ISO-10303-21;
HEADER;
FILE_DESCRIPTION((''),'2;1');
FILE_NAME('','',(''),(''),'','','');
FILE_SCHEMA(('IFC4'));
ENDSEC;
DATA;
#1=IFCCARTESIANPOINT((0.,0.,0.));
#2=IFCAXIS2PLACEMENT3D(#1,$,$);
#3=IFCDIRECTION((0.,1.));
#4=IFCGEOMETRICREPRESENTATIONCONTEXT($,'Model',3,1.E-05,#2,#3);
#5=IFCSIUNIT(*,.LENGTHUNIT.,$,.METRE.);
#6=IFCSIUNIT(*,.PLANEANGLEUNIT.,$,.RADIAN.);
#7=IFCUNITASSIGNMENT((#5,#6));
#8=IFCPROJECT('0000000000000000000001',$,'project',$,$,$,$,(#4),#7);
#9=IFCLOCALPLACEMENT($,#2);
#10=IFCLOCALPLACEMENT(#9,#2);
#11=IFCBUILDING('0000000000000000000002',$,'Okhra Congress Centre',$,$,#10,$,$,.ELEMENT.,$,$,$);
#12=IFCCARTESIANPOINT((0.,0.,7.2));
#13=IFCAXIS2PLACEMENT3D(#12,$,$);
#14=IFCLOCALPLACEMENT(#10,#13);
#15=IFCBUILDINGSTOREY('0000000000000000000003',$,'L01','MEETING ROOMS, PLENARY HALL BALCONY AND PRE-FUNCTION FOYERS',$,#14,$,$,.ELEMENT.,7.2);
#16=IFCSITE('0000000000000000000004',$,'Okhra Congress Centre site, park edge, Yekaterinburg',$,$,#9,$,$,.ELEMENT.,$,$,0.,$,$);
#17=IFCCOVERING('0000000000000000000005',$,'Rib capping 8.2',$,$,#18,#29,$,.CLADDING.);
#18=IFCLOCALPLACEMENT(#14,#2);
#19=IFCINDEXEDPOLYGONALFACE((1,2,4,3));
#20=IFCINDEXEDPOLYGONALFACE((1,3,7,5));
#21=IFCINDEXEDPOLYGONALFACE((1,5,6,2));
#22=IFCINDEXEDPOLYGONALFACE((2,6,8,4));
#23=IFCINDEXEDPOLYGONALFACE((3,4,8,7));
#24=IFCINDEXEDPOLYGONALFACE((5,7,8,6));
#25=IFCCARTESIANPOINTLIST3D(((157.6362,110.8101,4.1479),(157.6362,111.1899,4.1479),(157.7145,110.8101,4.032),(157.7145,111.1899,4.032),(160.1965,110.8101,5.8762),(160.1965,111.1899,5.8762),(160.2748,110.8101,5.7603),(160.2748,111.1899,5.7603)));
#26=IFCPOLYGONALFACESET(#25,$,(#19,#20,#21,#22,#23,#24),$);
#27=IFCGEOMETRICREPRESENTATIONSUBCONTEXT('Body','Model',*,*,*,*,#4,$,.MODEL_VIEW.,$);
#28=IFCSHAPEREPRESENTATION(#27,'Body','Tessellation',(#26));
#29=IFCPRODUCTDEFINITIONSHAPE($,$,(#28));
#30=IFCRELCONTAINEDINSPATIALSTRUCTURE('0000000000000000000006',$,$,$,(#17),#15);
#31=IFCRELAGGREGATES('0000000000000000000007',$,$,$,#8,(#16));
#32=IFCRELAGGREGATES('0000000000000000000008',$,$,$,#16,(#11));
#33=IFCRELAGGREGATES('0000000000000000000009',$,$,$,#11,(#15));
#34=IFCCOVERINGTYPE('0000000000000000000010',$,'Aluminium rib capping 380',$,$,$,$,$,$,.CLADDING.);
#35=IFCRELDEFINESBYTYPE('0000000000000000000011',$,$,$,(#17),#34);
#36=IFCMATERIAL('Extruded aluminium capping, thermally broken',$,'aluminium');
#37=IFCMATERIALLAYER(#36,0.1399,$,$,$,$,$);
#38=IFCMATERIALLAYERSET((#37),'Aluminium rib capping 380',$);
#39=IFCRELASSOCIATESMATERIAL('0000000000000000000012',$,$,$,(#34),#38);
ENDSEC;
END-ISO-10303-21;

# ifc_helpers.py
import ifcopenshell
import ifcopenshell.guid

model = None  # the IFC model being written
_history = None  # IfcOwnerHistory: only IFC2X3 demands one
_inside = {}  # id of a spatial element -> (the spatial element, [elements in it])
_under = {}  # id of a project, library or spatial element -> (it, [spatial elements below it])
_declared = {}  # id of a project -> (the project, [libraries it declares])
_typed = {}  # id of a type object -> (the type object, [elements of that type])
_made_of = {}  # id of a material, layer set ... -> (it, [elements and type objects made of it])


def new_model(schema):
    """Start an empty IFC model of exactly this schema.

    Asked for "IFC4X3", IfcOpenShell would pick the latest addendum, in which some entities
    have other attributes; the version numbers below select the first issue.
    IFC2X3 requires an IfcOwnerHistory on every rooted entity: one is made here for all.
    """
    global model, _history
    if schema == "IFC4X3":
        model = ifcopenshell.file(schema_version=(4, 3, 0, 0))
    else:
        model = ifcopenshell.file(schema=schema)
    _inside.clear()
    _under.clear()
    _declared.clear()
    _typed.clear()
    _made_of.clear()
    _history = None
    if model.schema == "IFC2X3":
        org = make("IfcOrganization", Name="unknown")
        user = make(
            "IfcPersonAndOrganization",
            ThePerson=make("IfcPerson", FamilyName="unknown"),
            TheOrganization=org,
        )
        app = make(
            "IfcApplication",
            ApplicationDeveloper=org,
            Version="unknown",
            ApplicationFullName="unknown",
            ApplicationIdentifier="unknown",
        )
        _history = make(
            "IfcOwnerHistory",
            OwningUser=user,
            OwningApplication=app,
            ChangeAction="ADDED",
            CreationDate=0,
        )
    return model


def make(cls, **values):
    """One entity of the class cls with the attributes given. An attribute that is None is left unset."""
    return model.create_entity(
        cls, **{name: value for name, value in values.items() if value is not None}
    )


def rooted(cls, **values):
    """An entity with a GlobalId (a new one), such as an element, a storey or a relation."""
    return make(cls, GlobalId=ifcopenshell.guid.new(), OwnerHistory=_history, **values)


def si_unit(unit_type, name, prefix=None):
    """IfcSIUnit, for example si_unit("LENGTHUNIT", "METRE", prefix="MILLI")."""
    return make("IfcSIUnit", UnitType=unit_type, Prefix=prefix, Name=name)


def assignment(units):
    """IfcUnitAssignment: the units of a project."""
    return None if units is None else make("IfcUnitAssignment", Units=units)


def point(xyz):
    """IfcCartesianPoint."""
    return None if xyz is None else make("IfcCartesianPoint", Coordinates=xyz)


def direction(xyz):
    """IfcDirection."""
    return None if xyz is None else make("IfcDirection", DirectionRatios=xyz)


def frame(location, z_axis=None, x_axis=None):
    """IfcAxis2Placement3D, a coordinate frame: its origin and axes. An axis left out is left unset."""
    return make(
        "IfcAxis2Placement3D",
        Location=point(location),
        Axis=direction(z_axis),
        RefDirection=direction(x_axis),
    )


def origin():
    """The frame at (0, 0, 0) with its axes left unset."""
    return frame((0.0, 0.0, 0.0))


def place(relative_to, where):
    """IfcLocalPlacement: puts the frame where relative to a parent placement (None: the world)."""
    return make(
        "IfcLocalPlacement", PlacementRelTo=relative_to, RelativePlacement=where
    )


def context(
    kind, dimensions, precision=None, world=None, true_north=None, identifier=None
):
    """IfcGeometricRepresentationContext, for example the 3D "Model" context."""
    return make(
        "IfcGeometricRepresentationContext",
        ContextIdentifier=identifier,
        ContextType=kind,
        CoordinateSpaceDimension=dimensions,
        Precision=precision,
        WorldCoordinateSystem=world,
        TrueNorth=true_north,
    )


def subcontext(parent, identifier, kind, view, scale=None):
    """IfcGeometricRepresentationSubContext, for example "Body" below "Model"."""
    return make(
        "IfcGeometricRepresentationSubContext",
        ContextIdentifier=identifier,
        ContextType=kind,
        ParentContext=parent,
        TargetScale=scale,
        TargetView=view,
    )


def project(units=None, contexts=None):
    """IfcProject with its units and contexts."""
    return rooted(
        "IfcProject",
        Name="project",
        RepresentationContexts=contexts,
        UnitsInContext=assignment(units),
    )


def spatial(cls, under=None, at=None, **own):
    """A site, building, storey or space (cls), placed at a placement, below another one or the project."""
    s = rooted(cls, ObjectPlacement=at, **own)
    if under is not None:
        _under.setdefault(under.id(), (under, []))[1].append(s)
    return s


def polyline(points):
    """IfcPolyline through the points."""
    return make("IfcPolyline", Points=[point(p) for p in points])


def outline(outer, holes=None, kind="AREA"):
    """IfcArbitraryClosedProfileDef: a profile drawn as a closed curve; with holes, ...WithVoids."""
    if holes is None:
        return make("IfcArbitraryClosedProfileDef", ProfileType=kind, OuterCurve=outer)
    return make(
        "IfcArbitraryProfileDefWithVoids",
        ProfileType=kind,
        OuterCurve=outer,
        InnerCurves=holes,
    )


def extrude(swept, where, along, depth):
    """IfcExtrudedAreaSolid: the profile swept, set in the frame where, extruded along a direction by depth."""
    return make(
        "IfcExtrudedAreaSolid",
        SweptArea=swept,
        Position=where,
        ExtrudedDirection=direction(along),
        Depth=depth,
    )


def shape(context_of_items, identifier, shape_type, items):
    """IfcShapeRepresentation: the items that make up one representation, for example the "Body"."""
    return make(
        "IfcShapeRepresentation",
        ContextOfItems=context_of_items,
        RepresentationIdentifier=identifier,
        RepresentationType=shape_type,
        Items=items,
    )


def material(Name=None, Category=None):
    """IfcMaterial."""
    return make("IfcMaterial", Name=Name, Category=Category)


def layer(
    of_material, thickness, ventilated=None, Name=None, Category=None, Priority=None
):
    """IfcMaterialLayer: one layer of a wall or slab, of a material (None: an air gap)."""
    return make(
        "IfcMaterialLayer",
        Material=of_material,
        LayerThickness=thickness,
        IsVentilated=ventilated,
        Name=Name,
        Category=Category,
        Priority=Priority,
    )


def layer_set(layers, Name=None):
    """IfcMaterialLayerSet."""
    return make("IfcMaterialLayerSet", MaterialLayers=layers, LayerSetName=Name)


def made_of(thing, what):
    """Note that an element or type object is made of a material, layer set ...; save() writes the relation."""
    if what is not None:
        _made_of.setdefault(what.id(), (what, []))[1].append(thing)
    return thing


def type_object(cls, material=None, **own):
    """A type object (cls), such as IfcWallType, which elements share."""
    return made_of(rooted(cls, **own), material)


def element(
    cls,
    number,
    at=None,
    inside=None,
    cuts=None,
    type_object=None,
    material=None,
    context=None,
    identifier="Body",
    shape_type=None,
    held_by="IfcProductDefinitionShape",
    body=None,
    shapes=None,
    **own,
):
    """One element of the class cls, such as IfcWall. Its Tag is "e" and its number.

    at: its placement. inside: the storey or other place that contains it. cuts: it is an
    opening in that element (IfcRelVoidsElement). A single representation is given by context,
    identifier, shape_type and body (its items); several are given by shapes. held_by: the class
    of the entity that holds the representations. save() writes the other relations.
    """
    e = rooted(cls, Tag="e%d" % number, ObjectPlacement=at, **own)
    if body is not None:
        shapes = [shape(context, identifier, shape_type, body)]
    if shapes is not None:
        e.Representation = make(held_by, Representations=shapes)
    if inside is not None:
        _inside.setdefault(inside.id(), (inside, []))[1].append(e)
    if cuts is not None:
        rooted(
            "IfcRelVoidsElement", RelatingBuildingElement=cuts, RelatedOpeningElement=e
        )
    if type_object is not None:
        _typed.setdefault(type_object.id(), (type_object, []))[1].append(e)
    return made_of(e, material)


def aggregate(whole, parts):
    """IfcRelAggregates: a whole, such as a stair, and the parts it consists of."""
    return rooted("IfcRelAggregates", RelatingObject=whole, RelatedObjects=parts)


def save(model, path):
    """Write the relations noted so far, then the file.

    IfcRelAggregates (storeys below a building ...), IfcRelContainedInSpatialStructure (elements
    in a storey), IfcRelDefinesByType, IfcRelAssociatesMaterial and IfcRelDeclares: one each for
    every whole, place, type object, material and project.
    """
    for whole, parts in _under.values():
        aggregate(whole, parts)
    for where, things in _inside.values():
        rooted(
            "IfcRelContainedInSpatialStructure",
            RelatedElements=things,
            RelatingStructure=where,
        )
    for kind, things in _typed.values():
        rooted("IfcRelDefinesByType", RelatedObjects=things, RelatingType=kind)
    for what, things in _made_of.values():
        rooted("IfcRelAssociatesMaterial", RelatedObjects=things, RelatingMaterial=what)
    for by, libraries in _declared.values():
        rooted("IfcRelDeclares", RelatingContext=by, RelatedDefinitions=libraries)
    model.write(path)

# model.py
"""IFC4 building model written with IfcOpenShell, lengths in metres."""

from ifc_helpers import new_model, si_unit, direction, frame, origin, place, context, subcontext, project, spatial, polyline, outline, extrude, material, layer, layer_set, type_object, element, save


model = new_model("IFC4")

# Units and contexts
model_context = context("Model", 3, precision=1e-05, world=origin(), true_north=direction((0.0, 1.0)))
body_context = subcontext(model_context, "Body", "Model", "MODEL_VIEW")
ifc_project = project(units=[si_unit("LENGTHUNIT", "METRE"), si_unit("PLANEANGLEUNIT", "RADIAN")], contexts=[model_context])

# Site, building, storey
site_placement = place(None, origin())
site = spatial("IfcSite", under=ifc_project, at=site_placement, Name="Okhra Congress Centre site, park edge, Yekaterinburg", CompositionType="ELEMENT", RefElevation=0.0)
building_placement = place(site_placement, origin())
building = spatial("IfcBuilding", under=site, at=building_placement, Name="Okhra Congress Centre", CompositionType="ELEMENT")
storey_placement = place(building_placement, frame((0.0, 0.0, 7.2)))
storey = spatial("IfcBuildingStorey", under=building, at=storey_placement, Name="L01", Description="MEETING ROOMS, PLENARY HALL BALCONY AND PRE-FUNCTION FOYERS", CompositionType="ELEMENT", Elevation=7.2)

# Covering
ifc_material_1 = material(Name="Extruded aluminium capping, thermally broken", Category="aluminium")
ifc_layer_1 = layer(ifc_material_1, 0.1399)
ifc_layer_set_1 = layer_set([ifc_layer_1], Name="Aluminium rib capping 380")
covering_type = type_object("IfcCoveringType", Name="Aluminium rib capping 380", PredefinedType="CLADDING", material=ifc_layer_set_1)
covering_placement = place(storey_placement, frame((157.6362, 110.8101, 4.1479), z_axis=(-0.559488, 0.0, 0.828839), x_axis=(0.828839, 0.0, 0.559488)))
element("IfcCovering", 1, at=covering_placement, inside=storey, type_object=covering_type, Name="Rib capping 8.2", PredefinedType="CLADDING", context=body_context, shape_type="SweptSolid", body=[
    extrude(outline(polyline([(0.0, 0.0), (3.089, 0.0), (3.089, 0.3799), (0.0, 0.3799), (0.0, 0.0)])), origin(), (0.0, 0.0, -1.0), 0.1399),
])

save(model, "model.ifc")
